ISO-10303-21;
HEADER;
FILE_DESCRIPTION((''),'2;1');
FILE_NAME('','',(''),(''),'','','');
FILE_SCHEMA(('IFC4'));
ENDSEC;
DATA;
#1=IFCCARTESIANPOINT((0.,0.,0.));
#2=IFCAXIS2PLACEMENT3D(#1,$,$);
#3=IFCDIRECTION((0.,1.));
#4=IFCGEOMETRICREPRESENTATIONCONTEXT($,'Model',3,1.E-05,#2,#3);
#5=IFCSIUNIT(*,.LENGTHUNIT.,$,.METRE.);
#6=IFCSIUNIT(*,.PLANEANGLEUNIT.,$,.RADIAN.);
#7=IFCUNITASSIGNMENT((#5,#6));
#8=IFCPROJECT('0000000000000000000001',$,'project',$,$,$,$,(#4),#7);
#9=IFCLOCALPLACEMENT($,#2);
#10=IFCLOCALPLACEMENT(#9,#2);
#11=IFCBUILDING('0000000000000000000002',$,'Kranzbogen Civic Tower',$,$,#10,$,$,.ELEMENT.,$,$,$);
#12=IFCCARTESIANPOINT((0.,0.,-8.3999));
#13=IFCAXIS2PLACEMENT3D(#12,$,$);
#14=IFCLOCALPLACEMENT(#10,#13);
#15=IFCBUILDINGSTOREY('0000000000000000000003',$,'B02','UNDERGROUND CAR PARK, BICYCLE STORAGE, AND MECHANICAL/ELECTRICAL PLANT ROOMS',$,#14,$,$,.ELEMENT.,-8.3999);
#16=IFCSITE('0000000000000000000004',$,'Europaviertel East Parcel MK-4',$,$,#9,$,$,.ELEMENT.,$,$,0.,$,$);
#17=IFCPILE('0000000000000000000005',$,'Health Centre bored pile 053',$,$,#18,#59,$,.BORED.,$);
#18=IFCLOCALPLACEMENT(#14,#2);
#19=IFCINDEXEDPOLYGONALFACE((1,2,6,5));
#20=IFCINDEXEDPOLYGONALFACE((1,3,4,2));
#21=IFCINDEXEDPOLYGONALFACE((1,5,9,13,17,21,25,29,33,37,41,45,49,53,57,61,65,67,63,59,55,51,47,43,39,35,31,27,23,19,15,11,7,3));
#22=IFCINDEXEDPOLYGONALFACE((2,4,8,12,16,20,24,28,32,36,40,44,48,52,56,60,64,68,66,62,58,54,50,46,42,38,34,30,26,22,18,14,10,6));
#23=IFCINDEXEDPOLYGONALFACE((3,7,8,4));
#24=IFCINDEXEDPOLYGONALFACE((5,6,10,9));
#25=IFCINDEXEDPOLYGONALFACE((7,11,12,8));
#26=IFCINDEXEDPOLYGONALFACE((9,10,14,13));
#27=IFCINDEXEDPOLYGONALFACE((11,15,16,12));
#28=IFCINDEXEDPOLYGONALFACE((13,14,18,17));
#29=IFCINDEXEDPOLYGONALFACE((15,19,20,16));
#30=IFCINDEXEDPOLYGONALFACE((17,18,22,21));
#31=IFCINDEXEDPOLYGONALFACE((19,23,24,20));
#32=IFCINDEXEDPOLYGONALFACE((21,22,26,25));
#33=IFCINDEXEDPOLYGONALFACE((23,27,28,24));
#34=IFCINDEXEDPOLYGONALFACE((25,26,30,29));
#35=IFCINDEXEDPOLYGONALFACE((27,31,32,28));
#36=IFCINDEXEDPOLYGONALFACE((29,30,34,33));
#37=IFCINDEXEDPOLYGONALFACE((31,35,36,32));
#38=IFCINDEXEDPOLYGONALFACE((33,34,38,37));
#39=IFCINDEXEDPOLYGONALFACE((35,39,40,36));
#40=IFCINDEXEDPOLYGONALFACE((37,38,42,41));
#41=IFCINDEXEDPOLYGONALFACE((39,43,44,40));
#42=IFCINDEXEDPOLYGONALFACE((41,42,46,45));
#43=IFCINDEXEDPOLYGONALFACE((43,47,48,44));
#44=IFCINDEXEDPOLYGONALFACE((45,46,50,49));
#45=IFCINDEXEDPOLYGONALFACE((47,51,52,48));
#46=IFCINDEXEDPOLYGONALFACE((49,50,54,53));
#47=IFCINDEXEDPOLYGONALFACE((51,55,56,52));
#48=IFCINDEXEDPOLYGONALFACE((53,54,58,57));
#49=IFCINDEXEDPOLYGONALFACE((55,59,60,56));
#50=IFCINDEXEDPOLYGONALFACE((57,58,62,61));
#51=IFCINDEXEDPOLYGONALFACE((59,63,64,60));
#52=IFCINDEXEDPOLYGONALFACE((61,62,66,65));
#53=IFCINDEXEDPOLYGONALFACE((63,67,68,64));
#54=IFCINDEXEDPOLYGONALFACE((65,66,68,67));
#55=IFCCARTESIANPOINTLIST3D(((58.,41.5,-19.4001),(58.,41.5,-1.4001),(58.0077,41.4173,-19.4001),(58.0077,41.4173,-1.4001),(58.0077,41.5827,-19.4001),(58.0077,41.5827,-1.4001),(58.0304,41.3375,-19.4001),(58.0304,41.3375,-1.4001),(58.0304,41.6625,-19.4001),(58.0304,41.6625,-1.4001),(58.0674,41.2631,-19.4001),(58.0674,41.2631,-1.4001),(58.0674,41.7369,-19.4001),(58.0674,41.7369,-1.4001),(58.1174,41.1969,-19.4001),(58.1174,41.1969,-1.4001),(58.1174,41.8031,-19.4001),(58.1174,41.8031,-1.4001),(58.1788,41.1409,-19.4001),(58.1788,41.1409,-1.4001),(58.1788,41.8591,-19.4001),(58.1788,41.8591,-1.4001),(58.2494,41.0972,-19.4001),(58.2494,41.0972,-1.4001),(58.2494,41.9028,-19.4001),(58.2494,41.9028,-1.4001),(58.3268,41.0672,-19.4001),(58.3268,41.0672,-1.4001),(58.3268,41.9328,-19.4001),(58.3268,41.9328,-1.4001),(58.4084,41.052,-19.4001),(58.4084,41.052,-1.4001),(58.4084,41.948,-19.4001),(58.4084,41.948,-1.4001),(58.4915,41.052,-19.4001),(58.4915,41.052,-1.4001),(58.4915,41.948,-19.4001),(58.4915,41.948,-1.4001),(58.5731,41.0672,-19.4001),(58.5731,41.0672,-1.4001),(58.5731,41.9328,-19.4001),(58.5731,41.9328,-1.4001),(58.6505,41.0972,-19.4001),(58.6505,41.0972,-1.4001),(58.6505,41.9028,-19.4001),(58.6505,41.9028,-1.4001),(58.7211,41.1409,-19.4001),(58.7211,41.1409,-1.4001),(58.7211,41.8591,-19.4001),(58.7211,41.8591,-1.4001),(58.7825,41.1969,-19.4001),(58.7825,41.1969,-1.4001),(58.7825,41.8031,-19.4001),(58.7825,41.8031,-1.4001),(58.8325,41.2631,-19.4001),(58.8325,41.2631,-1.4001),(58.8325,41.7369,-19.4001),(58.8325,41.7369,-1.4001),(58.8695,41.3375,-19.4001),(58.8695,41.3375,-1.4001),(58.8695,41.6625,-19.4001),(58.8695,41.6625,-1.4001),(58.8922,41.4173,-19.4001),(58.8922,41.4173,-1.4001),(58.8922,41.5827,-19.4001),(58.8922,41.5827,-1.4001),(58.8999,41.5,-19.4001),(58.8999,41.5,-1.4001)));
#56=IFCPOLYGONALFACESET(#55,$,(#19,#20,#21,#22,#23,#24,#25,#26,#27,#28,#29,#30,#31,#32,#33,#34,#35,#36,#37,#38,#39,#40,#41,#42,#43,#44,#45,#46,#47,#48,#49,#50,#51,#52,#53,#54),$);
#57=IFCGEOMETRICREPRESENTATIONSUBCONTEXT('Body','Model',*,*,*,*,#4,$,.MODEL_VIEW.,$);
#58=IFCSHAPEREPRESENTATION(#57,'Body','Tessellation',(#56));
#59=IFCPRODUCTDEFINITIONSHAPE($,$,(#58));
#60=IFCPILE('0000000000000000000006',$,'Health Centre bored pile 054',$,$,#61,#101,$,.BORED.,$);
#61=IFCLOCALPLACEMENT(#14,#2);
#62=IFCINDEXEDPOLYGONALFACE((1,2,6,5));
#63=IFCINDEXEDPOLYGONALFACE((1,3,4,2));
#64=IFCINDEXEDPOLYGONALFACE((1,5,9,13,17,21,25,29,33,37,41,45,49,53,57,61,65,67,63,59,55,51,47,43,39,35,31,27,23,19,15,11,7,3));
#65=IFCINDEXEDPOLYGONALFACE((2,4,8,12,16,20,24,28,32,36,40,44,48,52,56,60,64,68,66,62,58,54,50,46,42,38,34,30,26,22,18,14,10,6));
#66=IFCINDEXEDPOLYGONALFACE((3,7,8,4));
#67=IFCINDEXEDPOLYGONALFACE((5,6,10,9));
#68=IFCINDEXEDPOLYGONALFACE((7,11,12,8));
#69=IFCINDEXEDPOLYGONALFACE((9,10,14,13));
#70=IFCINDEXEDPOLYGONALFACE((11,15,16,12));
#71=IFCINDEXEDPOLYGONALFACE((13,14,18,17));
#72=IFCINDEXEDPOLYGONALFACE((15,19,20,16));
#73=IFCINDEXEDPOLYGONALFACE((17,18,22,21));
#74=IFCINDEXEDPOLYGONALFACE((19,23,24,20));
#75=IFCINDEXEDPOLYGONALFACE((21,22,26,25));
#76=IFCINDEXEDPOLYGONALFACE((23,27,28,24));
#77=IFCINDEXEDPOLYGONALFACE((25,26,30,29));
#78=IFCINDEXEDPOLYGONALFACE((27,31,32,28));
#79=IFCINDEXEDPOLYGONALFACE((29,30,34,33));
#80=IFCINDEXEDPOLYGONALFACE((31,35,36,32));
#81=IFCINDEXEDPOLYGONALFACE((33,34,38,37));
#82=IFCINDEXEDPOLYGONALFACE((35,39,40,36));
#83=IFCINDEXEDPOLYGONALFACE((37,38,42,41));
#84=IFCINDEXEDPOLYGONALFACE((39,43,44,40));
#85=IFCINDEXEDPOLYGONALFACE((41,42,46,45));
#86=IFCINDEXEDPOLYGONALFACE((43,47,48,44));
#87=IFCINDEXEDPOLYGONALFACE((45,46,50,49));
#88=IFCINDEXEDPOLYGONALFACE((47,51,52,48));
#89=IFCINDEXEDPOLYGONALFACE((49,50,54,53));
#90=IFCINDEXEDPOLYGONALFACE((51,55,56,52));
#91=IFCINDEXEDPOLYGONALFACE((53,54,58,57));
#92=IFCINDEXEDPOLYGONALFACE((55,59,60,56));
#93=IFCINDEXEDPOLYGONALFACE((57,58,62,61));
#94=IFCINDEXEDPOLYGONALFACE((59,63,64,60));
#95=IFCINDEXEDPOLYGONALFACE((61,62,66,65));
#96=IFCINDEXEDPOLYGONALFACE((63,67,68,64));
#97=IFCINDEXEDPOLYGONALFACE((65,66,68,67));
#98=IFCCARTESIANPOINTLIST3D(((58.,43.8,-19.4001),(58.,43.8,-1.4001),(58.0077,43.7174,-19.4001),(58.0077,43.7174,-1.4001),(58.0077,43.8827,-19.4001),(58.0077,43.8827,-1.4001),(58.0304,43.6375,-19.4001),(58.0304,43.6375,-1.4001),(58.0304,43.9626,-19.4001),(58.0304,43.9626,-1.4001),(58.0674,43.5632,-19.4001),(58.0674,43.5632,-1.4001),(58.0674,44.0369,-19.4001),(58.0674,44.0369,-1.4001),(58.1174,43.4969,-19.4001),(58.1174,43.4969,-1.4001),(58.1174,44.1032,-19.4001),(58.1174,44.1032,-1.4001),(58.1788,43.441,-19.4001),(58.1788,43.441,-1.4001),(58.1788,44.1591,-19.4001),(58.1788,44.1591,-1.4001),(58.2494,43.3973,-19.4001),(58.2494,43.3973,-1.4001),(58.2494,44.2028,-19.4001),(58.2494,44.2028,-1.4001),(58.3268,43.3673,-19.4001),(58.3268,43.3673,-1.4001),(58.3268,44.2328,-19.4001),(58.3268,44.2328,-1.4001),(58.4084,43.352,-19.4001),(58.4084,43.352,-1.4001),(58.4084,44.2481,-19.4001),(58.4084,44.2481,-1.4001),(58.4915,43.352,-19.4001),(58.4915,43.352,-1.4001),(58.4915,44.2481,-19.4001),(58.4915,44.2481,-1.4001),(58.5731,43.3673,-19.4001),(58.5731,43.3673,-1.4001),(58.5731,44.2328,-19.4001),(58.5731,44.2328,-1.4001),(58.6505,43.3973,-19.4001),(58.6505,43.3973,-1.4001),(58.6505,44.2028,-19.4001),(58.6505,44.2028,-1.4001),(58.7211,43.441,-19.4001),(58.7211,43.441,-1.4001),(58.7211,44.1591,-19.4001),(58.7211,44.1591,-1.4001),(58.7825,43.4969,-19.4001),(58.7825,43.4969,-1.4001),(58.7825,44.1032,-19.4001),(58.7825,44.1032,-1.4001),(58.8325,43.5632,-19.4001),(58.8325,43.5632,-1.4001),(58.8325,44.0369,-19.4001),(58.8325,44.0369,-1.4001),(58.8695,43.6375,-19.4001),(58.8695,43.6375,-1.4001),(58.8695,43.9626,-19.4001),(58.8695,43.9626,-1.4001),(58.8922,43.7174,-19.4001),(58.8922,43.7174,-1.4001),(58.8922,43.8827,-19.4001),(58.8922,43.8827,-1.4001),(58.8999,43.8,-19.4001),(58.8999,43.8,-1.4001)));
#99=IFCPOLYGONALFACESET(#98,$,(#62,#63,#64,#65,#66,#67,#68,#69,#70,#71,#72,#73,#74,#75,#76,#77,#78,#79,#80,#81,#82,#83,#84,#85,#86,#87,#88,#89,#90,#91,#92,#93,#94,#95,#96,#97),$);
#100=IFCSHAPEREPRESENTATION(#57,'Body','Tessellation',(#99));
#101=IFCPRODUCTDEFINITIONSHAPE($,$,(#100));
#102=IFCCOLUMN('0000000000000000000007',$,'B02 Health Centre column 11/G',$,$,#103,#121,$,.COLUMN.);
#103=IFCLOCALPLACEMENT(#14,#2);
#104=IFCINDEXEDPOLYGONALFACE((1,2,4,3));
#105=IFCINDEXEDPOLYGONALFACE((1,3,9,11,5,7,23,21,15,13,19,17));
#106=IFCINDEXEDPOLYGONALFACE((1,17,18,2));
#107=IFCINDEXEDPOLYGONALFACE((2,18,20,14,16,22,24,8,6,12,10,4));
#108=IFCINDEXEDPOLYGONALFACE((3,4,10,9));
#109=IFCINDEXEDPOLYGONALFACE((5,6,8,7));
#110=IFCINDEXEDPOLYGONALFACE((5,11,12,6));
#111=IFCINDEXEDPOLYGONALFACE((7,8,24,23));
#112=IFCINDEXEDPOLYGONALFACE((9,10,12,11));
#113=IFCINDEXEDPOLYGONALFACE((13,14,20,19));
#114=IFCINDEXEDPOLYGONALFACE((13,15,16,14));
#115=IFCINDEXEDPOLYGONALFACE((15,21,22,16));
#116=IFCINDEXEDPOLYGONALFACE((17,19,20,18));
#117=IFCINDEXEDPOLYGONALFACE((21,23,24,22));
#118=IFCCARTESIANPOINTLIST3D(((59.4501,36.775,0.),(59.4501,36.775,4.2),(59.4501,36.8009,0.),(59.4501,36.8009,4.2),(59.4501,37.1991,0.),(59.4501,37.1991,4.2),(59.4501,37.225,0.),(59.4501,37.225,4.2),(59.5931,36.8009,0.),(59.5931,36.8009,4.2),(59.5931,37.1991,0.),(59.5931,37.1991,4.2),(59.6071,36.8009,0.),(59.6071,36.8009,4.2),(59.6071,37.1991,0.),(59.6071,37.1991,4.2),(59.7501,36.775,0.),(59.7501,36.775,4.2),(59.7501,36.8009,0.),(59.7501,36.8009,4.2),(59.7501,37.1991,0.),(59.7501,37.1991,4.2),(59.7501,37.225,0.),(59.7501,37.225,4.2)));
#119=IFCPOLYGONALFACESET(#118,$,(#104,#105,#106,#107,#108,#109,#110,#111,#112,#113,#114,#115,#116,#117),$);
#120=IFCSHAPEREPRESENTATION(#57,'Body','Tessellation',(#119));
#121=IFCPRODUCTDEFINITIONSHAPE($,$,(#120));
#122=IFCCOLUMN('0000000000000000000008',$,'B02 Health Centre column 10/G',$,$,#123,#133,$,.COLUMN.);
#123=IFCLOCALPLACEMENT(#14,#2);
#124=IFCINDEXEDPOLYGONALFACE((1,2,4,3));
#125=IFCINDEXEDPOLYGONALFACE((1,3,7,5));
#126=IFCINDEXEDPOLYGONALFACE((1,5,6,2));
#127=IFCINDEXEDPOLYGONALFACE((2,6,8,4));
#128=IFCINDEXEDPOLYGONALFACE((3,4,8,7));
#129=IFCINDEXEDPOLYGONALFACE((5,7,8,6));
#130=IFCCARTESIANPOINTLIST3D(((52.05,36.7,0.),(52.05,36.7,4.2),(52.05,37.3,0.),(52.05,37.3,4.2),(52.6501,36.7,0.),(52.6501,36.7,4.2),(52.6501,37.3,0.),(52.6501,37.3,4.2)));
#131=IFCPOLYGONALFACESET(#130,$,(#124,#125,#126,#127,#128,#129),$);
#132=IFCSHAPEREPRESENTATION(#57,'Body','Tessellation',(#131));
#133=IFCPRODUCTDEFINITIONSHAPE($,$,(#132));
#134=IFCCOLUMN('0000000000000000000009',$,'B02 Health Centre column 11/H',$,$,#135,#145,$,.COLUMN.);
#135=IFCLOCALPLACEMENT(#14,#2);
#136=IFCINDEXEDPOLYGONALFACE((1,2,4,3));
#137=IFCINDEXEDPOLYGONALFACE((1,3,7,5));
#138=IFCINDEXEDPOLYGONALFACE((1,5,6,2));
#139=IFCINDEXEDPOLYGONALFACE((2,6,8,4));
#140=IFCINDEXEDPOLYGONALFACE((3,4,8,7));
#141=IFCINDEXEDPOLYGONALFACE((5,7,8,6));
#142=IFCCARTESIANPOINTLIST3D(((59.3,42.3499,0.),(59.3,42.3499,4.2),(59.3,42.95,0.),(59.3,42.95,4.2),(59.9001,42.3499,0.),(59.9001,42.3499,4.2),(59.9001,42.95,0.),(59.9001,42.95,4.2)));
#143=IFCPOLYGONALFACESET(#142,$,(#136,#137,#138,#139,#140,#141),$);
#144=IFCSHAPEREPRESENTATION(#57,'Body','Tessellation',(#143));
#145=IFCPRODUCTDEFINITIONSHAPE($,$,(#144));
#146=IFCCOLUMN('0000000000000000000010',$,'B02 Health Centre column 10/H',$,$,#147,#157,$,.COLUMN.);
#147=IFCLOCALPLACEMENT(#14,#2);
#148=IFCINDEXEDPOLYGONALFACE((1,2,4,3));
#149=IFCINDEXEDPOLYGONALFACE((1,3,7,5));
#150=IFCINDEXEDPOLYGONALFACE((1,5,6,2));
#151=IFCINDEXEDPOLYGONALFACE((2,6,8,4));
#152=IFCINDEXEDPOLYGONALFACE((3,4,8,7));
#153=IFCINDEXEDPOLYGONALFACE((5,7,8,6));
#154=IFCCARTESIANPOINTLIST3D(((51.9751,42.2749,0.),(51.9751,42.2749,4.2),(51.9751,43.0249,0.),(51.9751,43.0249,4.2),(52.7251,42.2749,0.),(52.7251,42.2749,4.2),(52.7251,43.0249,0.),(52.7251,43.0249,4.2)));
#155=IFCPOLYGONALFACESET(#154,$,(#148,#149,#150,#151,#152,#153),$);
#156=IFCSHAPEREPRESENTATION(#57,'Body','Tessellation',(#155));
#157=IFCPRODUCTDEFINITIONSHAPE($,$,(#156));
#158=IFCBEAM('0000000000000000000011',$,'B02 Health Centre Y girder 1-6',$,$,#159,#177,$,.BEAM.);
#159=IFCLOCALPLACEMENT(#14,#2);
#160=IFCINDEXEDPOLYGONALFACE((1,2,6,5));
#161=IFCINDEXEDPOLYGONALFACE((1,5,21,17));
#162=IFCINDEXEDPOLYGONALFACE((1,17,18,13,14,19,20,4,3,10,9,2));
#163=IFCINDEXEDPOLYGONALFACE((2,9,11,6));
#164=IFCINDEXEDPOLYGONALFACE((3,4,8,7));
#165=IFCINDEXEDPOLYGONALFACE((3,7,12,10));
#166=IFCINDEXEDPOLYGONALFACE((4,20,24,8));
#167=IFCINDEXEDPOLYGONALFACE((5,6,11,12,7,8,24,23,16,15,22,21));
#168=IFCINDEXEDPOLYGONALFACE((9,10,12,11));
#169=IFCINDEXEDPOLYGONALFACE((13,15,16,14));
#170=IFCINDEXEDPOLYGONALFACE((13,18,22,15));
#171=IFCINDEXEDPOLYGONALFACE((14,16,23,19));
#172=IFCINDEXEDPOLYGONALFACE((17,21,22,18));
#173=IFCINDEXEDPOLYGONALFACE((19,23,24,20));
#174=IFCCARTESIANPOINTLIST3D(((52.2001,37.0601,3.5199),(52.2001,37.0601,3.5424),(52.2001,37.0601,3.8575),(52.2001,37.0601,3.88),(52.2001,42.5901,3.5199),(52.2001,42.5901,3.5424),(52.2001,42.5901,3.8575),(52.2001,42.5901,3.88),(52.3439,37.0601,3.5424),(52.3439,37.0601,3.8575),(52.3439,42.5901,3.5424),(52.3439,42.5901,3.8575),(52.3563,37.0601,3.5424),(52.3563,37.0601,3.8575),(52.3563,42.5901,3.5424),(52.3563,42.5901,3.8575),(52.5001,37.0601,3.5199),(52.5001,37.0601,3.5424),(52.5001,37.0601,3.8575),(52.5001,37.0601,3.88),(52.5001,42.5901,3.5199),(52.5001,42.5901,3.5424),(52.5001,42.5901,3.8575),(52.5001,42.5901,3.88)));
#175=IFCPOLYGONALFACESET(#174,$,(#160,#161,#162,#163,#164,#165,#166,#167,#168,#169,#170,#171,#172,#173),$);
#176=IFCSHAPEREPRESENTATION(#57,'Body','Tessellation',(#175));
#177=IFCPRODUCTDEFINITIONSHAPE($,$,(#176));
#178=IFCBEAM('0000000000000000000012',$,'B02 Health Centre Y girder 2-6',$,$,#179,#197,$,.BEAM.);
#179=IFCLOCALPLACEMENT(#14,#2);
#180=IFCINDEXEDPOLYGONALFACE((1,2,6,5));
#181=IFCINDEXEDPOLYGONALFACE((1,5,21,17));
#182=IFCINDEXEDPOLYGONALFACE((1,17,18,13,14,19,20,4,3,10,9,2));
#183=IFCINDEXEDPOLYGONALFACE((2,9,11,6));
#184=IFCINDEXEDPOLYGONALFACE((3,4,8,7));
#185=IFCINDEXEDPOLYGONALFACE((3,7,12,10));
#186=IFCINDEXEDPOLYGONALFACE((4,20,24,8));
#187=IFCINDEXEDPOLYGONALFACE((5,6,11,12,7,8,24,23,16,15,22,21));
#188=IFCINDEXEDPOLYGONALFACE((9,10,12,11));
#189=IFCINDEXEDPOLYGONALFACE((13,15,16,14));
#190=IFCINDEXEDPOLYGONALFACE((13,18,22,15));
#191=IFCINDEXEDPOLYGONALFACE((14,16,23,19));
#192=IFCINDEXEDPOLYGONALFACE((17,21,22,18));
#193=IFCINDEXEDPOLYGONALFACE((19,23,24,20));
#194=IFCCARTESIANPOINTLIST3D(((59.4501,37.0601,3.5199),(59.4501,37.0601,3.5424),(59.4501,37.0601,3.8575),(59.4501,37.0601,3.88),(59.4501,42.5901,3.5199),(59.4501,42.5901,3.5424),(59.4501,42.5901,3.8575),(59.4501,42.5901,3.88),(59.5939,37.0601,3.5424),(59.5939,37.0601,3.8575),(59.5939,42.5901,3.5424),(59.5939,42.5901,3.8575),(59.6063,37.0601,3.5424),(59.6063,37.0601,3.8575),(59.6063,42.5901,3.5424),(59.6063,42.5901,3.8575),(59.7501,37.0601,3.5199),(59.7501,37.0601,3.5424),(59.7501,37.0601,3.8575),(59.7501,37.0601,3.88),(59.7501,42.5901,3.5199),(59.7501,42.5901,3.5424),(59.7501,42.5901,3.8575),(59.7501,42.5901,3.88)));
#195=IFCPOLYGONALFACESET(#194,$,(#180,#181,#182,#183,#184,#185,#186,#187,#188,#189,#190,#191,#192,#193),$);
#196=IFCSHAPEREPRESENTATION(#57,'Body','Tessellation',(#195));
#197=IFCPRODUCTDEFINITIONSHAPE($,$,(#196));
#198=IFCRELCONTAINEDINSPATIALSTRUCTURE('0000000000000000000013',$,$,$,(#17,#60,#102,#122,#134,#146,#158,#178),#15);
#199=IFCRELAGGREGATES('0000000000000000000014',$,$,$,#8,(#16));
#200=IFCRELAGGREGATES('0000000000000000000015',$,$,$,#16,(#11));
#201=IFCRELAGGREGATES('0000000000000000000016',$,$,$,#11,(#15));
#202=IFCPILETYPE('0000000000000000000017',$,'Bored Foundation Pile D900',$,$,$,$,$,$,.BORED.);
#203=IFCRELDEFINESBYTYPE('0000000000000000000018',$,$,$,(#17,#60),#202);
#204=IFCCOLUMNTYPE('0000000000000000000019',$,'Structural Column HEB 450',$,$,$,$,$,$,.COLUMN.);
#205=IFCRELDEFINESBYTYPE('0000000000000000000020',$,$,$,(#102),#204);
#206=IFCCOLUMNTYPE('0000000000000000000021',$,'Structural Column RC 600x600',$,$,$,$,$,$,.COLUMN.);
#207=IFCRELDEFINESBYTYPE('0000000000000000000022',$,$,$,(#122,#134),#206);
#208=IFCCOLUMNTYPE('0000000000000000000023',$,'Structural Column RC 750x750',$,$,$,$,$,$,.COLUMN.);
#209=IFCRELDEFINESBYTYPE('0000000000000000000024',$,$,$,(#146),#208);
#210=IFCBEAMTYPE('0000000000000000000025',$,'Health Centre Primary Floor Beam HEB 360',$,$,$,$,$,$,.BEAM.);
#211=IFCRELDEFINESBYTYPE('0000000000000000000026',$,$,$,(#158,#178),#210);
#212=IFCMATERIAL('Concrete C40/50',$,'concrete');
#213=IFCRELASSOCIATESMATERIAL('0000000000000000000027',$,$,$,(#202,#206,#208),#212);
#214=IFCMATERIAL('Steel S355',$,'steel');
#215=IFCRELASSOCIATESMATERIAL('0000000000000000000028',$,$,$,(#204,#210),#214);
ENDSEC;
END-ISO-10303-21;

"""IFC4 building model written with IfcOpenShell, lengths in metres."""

from ifc_helpers import new_model, si_unit, direction, frame, origin, origin_2d, place, context, subcontext, project, spatial, rectangle, circle, i_section, extrude, material, material_profile, profile_set, type_object, element, save


model = new_model("IFC4")

# Units and contexts
model_context = context("Model", 3, precision=1e-05, world=origin(), true_north=direction((0.0, 1.0)))
body_context = subcontext(model_context, "Body", "Model", "MODEL_VIEW")
ifc_project = project(units=[si_unit("LENGTHUNIT", "METRE"), si_unit("PLANEANGLEUNIT", "RADIAN")], contexts=[model_context])

# Site, building, storey
site_placement = place(None, origin())
site = spatial("IfcSite", under=ifc_project, at=site_placement, Name="Europaviertel East Parcel MK-4", CompositionType="ELEMENT", RefElevation=0.0)
building_placement = place(site_placement, origin())
building = spatial("IfcBuilding", under=site, at=building_placement, Name="Kranzbogen Civic Tower", CompositionType="ELEMENT")
storey_placement = place(building_placement, frame((0.0, 0.0, -8.3999)))
storey = spatial("IfcBuildingStorey", under=building, at=storey_placement, Name="B02", Description="UNDERGROUND CAR PARK, BICYCLE STORAGE, AND MECHANICAL/ELECTRICAL PLANT ROOMS", CompositionType="ELEMENT", Elevation=-8.3999)

# Piles
ifc_material_1 = material(Name="Concrete C40/50", Category="concrete")
ifc_material_profile_1 = material_profile(ifc_material_1, circle(Radius=0.45, at=origin_2d()), Name="PILE D900")
ifc_profile_set_1 = profile_set([ifc_material_profile_1], Name="Concrete C40/50")
pile_type_1 = type_object("IfcPileType", Name="Bored Foundation Pile D900", PredefinedType="BORED", material=ifc_profile_set_1)
for number, where, z_axis, x_axis, name in (
    (1, (58.45, 41.5, -1.4001), (0.0, 0.0, -1.0), (1.0, 0.0, 0.0), "Health Centre bored pile 053"),
    (2, (58.45, 43.8, -1.4001), (0.0, 0.0, -1.0), (1.0, 0.0, 0.0), "Health Centre bored pile 054"),
):
    element("IfcPile", number, at=place(storey_placement, frame(where, z_axis=z_axis, x_axis=x_axis)), inside=storey, type_object=pile_type_1, Name=name, PredefinedType="BORED", context=body_context, shape_type="SweptSolid", body=[
        extrude(circle(Radius=0.45, at=origin_2d()), origin(), (0.0, 0.0, 1.0), 18.0),
    ])

# Columns
ifc_material_2 = material(Name="Steel S355", Category="steel")
ifc_material_profile_2 = material_profile(ifc_material_2, i_section(OverallWidth=0.3, OverallDepth=0.45, WebThickness=0.0139, FlangeThickness=0.0259, at=origin_2d()), Name="HEB 450")
ifc_profile_set_2 = profile_set([ifc_material_profile_2], Name="Steel S355")
column_type_1 = type_object("IfcColumnType", Name="Structural Column HEB 450", PredefinedType="COLUMN", material=ifc_profile_set_2)
column_1_placement = place(storey_placement, frame((59.6001, 37.0, 0.0), z_axis=(0.0, 0.0, 1.0), x_axis=(1.0, 0.0, 0.0)))
element("IfcColumn", 3, at=column_1_placement, inside=storey, type_object=column_type_1, Name="B02 Health Centre column 11/G", PredefinedType="COLUMN", context=body_context, shape_type="SweptSolid", body=[
    extrude(i_section(OverallWidth=0.3, OverallDepth=0.45, WebThickness=0.0139, FlangeThickness=0.0259, at=origin_2d()), origin(), (0.0, 0.0, 1.0), 4.2),
])
ifc_material_profile_3 = material_profile(ifc_material_1, rectangle(XDim=0.6001, YDim=0.6001, at=origin_2d()), Name="RC 600x600")
ifc_profile_set_3 = profile_set([ifc_material_profile_3], Name="Concrete C40/50")
column_type_2 = type_object("IfcColumnType", Name="Structural Column RC 600x600", PredefinedType="COLUMN", material=ifc_profile_set_3)
for number, where, z_axis, x_axis, name in (
    (4, (52.3501, 37.0, 0.0), (0.0, 0.0, 1.0), (1.0, 0.0, 0.0), "B02 Health Centre column 10/G"),
    (5, (59.6001, 42.6499, 0.0), (0.0, 0.0, 1.0), (1.0, 0.0, 0.0), "B02 Health Centre column 11/H"),
):
    element("IfcColumn", number, at=place(storey_placement, frame(where, z_axis=z_axis, x_axis=x_axis)), inside=storey, type_object=column_type_2, Name=name, PredefinedType="COLUMN", context=body_context, shape_type="SweptSolid", body=[
        extrude(rectangle(XDim=0.6001, YDim=0.6001, at=origin_2d()), origin(), (0.0, 0.0, 1.0), 4.2),
    ])
ifc_material_profile_4 = material_profile(ifc_material_1, rectangle(XDim=0.75, YDim=0.75, at=origin_2d()), Name="RC 750x750")
ifc_profile_set_4 = profile_set([ifc_material_profile_4], Name="Concrete C40/50")
column_type_3 = type_object("IfcColumnType", Name="Structural Column RC 750x750", PredefinedType="COLUMN", material=ifc_profile_set_4)
column_2_placement = place(storey_placement, frame((52.3501, 42.6499, 0.0), z_axis=(0.0, 0.0, 1.0), x_axis=(1.0, 0.0, 0.0)))
element("IfcColumn", 6, at=column_2_placement, inside=storey, type_object=column_type_3, Name="B02 Health Centre column 10/H", PredefinedType="COLUMN", context=body_context, shape_type="SweptSolid", body=[
    extrude(rectangle(XDim=0.75, YDim=0.75, at=origin_2d()), origin(), (0.0, 0.0, 1.0), 4.2),
])

# Beams
ifc_material_profile_5 = material_profile(ifc_material_2, i_section(OverallWidth=0.3, OverallDepth=0.3601, WebThickness=0.0125, FlangeThickness=0.0225, at=origin_2d()), Name="HEB 360")
ifc_profile_set_5 = profile_set([ifc_material_profile_5], Name="Steel S355")
beam_type_1 = type_object("IfcBeamType", Name="Health Centre Primary Floor Beam HEB 360", PredefinedType="BEAM", material=ifc_profile_set_5)
for number, where, z_axis, x_axis, name in (
    (7, (52.3501, 37.0601, 3.7), (0.0, 1.0, 0.0), (-1.0, 0.0, 0.0), "B02 Health Centre Y girder 1-6"),
    (8, (59.6001, 37.0601, 3.7), (0.0, 1.0, 0.0), (-1.0, 0.0, 0.0), "B02 Health Centre Y girder 2-6"),
):
    element("IfcBeam", number, at=place(storey_placement, frame(where, z_axis=z_axis, x_axis=x_axis)), inside=storey, type_object=beam_type_1, Name=name, PredefinedType="BEAM", context=body_context, shape_type="SweptSolid", body=[
        extrude(i_section(OverallWidth=0.3, OverallDepth=0.3601, WebThickness=0.0125, FlangeThickness=0.0225, at=origin_2d()), origin(), (0.0, 0.0, 1.0), 5.53),
    ])

save(model, "model.ifc")
